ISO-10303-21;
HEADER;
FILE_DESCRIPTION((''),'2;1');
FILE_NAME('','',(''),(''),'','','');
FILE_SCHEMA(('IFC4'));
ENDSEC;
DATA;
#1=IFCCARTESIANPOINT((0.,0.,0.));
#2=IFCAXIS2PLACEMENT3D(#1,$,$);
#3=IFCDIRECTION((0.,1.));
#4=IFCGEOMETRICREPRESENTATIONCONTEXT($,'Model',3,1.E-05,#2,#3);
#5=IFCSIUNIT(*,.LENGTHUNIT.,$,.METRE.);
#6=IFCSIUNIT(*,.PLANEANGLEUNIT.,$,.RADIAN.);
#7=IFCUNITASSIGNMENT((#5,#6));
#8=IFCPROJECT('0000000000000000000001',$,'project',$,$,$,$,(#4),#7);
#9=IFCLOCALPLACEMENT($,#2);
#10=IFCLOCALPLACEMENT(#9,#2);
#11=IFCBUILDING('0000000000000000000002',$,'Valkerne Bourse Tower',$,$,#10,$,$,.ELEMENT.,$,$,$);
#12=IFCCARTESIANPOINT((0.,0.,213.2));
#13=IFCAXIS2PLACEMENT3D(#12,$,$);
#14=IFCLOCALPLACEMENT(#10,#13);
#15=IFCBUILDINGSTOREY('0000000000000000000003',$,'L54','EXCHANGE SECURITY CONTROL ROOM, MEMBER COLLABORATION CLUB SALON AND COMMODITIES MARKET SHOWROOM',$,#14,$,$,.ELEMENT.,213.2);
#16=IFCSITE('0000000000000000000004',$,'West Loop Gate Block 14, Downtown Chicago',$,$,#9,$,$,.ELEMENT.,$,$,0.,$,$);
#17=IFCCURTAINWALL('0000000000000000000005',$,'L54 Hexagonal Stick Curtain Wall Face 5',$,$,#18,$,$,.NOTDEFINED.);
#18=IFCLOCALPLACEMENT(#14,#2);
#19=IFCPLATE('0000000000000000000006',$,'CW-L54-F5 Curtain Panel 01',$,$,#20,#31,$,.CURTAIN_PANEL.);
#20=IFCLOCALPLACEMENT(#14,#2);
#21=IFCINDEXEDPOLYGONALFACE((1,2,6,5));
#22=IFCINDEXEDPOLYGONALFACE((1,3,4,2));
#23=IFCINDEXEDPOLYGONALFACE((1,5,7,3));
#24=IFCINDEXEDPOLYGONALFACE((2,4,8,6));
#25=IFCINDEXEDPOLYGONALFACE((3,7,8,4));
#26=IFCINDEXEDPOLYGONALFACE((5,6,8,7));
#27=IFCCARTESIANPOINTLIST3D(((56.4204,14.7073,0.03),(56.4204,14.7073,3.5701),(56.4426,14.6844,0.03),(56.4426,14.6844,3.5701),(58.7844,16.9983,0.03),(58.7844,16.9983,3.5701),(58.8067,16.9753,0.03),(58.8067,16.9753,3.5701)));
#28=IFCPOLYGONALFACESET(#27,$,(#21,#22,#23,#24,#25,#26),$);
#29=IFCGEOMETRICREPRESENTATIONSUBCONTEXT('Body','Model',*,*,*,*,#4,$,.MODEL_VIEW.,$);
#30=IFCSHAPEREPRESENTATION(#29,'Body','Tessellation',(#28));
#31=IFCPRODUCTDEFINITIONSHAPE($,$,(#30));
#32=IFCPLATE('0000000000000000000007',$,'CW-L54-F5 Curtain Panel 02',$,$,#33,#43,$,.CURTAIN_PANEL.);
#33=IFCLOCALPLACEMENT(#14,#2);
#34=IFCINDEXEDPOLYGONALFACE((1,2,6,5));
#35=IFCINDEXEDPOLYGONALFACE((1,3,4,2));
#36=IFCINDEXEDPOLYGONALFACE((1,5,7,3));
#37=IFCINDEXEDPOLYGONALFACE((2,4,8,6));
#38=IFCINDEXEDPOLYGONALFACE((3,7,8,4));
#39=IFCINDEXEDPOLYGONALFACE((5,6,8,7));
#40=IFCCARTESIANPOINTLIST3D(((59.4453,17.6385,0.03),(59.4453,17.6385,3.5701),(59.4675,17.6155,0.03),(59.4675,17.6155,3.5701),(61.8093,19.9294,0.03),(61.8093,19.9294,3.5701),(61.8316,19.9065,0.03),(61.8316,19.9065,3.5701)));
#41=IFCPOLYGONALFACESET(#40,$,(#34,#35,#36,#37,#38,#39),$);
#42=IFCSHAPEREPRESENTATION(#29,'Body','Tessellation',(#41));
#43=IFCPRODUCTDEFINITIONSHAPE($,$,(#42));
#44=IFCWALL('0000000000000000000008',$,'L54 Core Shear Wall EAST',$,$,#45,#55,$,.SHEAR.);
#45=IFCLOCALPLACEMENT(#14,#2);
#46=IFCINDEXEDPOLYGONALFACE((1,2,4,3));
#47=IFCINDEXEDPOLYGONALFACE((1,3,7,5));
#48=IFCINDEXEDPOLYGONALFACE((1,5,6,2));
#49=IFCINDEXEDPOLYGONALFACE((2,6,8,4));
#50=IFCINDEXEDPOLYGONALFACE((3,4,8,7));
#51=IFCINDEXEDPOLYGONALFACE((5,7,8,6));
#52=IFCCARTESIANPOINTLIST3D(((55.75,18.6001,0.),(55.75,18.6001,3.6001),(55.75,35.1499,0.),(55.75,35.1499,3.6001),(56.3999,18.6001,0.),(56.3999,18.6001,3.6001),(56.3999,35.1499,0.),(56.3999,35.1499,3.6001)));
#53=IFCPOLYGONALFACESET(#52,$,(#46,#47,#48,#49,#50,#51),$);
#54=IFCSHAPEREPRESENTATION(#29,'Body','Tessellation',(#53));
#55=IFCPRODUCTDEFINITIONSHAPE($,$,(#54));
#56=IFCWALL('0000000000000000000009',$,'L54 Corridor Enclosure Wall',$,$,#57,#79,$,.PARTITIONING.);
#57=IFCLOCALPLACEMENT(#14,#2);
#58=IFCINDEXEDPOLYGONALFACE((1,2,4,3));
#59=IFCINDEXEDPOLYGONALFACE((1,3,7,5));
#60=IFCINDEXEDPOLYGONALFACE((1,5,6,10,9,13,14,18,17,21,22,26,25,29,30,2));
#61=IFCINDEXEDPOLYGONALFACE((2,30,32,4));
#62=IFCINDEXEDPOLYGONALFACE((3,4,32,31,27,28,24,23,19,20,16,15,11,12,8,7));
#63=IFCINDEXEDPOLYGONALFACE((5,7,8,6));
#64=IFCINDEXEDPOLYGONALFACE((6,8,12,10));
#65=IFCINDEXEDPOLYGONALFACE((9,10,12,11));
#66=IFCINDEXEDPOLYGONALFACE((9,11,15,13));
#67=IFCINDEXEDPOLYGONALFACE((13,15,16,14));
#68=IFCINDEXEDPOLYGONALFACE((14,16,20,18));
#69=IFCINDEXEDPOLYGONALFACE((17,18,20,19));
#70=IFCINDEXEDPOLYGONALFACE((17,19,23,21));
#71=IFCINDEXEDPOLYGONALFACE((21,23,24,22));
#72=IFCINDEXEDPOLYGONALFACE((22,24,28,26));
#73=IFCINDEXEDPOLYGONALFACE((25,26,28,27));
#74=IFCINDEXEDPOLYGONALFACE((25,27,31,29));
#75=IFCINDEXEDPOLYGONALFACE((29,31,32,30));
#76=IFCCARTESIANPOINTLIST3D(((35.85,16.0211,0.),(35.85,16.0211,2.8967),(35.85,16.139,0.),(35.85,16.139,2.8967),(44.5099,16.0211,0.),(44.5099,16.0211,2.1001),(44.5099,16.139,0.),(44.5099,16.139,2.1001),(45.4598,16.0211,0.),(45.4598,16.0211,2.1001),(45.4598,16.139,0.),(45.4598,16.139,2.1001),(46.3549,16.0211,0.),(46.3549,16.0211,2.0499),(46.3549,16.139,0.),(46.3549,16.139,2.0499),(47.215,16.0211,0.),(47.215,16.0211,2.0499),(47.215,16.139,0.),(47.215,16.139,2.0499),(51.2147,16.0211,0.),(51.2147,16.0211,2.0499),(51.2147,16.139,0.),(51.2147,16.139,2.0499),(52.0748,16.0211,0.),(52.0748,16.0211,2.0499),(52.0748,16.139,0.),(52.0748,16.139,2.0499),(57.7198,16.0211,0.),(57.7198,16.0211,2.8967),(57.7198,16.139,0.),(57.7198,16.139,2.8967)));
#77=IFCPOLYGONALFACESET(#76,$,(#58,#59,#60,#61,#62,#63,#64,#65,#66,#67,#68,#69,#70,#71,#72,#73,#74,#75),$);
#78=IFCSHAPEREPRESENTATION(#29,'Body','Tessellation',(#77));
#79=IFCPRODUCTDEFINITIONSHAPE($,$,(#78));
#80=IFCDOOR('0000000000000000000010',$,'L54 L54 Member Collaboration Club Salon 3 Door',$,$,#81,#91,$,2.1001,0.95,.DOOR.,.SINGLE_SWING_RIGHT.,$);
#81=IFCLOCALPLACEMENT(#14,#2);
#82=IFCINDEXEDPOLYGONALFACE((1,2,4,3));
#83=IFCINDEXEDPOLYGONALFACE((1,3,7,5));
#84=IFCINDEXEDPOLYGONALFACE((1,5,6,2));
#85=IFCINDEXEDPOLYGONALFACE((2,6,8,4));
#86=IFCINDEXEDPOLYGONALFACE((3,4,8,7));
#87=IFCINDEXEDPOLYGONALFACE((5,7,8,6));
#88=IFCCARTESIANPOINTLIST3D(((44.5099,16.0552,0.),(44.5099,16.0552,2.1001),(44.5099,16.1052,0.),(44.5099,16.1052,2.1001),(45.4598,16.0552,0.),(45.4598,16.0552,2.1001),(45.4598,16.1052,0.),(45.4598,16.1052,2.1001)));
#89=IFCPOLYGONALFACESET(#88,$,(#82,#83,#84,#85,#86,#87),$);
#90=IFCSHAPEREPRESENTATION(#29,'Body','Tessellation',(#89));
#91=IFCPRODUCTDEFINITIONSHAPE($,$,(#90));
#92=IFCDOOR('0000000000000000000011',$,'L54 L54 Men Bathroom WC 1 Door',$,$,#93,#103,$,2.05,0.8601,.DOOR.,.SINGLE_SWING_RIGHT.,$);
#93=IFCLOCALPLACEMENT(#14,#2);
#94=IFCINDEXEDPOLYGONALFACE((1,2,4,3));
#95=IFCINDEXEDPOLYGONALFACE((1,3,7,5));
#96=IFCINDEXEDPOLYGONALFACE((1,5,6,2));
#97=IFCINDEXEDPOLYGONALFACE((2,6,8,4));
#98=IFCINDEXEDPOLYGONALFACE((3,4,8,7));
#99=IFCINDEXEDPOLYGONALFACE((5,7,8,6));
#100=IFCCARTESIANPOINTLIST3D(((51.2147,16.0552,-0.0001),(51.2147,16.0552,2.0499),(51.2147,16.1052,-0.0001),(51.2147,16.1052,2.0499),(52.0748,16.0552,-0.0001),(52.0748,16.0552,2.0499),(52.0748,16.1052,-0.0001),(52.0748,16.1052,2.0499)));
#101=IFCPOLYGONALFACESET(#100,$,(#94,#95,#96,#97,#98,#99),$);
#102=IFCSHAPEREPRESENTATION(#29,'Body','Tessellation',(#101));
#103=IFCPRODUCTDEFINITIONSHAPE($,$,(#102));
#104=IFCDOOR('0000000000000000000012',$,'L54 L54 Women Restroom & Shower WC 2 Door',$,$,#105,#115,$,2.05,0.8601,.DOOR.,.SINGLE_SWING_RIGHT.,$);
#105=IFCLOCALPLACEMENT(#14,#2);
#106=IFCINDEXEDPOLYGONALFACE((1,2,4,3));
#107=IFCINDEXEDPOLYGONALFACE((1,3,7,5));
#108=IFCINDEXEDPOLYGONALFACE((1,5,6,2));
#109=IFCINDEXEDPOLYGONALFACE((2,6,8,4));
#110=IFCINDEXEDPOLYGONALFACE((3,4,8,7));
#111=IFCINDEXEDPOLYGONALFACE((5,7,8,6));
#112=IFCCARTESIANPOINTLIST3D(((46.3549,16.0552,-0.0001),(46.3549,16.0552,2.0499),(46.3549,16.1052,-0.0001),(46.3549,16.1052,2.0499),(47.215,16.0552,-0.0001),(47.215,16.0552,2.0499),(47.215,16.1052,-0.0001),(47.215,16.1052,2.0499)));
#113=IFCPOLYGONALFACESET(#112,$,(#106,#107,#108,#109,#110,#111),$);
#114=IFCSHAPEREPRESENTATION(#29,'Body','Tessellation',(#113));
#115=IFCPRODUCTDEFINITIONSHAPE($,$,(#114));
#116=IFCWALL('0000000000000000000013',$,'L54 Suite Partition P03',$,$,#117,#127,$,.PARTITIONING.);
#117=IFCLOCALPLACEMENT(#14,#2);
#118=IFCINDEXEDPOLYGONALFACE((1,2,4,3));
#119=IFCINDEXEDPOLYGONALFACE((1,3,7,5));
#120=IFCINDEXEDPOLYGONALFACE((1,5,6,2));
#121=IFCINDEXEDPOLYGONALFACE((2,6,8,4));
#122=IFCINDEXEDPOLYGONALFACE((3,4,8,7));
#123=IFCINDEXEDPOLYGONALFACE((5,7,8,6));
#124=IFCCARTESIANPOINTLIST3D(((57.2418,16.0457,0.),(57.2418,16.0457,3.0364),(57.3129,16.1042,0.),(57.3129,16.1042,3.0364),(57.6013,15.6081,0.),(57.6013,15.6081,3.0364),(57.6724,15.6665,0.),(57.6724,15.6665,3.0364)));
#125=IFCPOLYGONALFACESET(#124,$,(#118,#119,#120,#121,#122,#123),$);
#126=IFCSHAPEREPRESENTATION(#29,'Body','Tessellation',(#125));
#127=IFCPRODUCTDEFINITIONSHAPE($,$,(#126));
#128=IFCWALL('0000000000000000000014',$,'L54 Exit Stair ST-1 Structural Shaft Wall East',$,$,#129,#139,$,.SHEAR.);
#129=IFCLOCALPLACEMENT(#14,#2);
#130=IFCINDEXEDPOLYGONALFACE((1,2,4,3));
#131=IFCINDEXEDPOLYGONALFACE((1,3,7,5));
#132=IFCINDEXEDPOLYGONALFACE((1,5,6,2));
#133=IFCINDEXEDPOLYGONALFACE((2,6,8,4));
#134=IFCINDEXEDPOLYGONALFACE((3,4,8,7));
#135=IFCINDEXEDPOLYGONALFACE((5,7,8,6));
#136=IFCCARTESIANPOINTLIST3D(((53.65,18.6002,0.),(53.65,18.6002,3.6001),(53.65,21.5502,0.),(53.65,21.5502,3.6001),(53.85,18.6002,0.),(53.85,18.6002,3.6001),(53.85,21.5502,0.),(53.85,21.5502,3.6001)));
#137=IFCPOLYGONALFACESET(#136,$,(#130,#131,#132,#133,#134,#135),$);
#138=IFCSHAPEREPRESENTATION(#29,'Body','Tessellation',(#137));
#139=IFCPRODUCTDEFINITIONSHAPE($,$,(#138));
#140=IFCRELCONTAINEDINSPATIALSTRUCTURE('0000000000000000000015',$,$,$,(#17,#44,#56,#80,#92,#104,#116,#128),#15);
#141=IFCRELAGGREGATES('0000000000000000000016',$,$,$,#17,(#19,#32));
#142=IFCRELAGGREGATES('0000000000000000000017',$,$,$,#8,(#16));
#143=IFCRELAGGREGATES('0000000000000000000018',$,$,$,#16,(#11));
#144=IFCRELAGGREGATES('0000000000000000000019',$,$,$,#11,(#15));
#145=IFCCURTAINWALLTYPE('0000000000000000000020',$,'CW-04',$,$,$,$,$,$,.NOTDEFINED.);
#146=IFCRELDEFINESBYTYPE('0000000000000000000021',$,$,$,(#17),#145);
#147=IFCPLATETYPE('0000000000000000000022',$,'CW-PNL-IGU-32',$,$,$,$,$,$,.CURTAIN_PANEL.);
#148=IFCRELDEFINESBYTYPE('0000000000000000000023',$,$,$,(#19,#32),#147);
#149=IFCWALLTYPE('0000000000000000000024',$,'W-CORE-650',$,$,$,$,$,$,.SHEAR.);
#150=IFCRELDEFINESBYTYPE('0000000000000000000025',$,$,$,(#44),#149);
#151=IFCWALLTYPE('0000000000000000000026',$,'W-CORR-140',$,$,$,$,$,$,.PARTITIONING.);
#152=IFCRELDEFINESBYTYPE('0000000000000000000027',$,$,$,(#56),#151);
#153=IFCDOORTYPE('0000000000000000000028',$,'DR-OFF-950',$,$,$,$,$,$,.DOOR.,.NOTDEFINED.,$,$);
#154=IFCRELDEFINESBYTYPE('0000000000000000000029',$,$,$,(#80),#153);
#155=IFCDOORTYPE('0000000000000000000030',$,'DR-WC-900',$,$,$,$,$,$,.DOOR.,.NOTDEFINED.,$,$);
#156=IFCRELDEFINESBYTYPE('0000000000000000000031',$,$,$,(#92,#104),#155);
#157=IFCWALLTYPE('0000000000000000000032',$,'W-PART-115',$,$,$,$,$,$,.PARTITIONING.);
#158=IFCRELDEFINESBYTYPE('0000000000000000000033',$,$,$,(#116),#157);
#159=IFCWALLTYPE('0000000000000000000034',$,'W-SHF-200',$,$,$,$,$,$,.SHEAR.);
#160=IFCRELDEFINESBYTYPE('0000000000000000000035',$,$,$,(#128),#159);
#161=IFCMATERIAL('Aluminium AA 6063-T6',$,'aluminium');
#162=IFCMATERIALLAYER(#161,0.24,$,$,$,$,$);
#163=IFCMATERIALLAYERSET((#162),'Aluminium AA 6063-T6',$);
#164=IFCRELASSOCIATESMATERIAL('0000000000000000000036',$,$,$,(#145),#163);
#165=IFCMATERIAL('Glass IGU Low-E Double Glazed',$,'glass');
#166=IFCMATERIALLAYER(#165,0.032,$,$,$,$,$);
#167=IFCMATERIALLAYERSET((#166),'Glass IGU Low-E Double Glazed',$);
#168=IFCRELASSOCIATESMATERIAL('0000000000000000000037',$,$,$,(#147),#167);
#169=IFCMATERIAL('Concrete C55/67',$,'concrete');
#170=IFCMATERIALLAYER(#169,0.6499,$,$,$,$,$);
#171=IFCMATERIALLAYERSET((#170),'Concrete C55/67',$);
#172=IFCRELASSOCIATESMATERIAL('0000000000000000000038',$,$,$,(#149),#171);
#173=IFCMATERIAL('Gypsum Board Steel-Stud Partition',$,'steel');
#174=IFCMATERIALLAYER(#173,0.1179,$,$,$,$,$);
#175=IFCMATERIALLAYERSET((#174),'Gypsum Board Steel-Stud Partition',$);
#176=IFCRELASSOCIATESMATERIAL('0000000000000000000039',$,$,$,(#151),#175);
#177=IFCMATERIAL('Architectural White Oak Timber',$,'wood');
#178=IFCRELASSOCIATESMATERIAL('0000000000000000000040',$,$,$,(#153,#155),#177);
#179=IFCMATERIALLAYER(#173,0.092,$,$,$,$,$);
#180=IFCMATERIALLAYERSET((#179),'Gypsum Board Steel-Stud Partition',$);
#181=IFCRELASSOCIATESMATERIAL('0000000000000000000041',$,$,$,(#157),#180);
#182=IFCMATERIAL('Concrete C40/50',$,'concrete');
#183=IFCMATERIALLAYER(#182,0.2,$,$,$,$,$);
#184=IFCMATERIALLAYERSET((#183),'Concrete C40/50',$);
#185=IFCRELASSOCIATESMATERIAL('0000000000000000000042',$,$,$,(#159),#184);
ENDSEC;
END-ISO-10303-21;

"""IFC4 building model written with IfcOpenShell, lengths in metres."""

from ifc_helpers import new_model, si_unit, direction, frame, frame_2d, origin, origin_2d, place, context, subcontext, project, spatial, rectangle, extrude, material, layer, layer_set, type_object, element, fill, aggregate, save


model = new_model("IFC4")

# Units and contexts
model_context = context("Model", 3, precision=1e-05, world=origin(), true_north=direction((0.0, 1.0)))
body_context = subcontext(model_context, "Body", "Model", "MODEL_VIEW")
ifc_project = project(units=[si_unit("LENGTHUNIT", "METRE"), si_unit("PLANEANGLEUNIT", "RADIAN")], contexts=[model_context])

# Site, building, storey
site_placement = place(None, origin())
site = spatial("IfcSite", under=ifc_project, at=site_placement, Name="West Loop Gate Block 14, Downtown Chicago", CompositionType="ELEMENT", RefElevation=0.0)
building_placement = place(site_placement, origin())
building = spatial("IfcBuilding", under=site, at=building_placement, Name="Valkerne Bourse Tower", CompositionType="ELEMENT")
storey_placement = place(building_placement, frame((0.0, 0.0, 213.2)))
storey = spatial("IfcBuildingStorey", under=building, at=storey_placement, Name="L54", Description="EXCHANGE SECURITY CONTROL ROOM, MEMBER COLLABORATION CLUB SALON AND COMMODITIES MARKET SHOWROOM", CompositionType="ELEMENT", Elevation=213.2)

# Curtain wall, plates
ifc_material_1 = material(Name="Aluminium AA 6063-T6", Category="aluminium")
ifc_layer_1 = layer(ifc_material_1, 0.24)
ifc_layer_set_1 = layer_set([ifc_layer_1], Name="Aluminium AA 6063-T6")
curtain_wall_type = type_object("IfcCurtainWallType", Name="CW-04", PredefinedType="NOTDEFINED", material=ifc_layer_set_1)
curtain_wall_placement = place(storey_placement, origin())
curtain_wall = element("IfcCurtainWall", 1, at=curtain_wall_placement, inside=storey, type_object=curtain_wall_type, Name="L54 Hexagonal Stick Curtain Wall Face 5", PredefinedType="NOTDEFINED")
ifc_material_2 = material(Name="Glass IGU Low-E Double Glazed", Category="glass")
ifc_layer_2 = layer(ifc_material_2, 0.032)
ifc_layer_set_2 = layer_set([ifc_layer_2], Name="Glass IGU Low-E Double Glazed")
plate_type = type_object("IfcPlateType", Name="CW-PNL-IGU-32", PredefinedType="CURTAIN_PANEL", material=ifc_layer_set_2)
plate_1_placement = place(storey_placement, frame((57.6135, 15.8413, 0.03), z_axis=(0.0, 0.0, 1.0), x_axis=(0.71813, 0.695908, 0.0)))
plate_1 = element("IfcPlate", 2, at=plate_1_placement, type_object=plate_type, Name="CW-L54-F5 Curtain Panel 01", PredefinedType="CURTAIN_PANEL", context=body_context, shape_type="SweptSolid", body=[
    extrude(rectangle(XDim=3.292, YDim=0.032, at=origin_2d()), origin(), (0.0, 0.0, 1.0), 3.54),
])
plate_2_placement = place(storey_placement, frame((60.6384, 18.7725, 0.03), z_axis=(0.0, 0.0, 1.0), x_axis=(0.718119, 0.69592, 0.0)))
plate_2 = element("IfcPlate", 3, at=plate_2_placement, type_object=plate_type, Name="CW-L54-F5 Curtain Panel 02", PredefinedType="CURTAIN_PANEL", context=body_context, shape_type="SweptSolid", body=[
    extrude(rectangle(XDim=3.292, YDim=0.032, at=origin_2d()), origin(), (0.0, 0.0, 1.0), 3.54),
])
aggregate(curtain_wall, [plate_1, plate_2])

# Wall
ifc_material_3 = material(Name="Concrete C55/67", Category="concrete")
ifc_layer_3 = layer(ifc_material_3, 0.6499)
ifc_layer_set_3 = layer_set([ifc_layer_3], Name="Concrete C55/67")
wall_type_1 = type_object("IfcWallType", Name="W-CORE-650", PredefinedType="SHEAR", material=ifc_layer_set_3)
wall_1_placement = place(storey_placement, frame((56.075, 18.6001, 0.0), z_axis=(0.0, 0.0, 1.0), x_axis=(0.0, 1.0, 0.0)))
element("IfcWall", 4, at=wall_1_placement, inside=storey, type_object=wall_type_1, Name="L54 Core Shear Wall EAST", PredefinedType="SHEAR", context=body_context, shape_type="SweptSolid", body=[
    extrude(rectangle(XDim=16.5498, YDim=0.6499, at=frame_2d((8.2749, 0.0))), origin(), (0.0, 0.0, 1.0), 3.6001),
])

# Wall, openings, doors
ifc_material_4 = material(Name="Gypsum Board Steel-Stud Partition", Category="steel")
ifc_layer_4 = layer(ifc_material_4, 0.1179)
ifc_layer_set_4 = layer_set([ifc_layer_4], Name="Gypsum Board Steel-Stud Partition")
wall_type_2 = type_object("IfcWallType", Name="W-CORR-140", PredefinedType="PARTITIONING", material=ifc_layer_set_4)
wall_2_placement = place(storey_placement, frame((57.72, 16.0801, 0.0), z_axis=(0.0, 0.0, 1.0), x_axis=(-1.0, 0.0, 0.0)))
wall_2 = element("IfcWall", 5, at=wall_2_placement, inside=storey, type_object=wall_type_2, Name="L54 Corridor Enclosure Wall", PredefinedType="PARTITIONING", context=body_context, shape_type="SweptSolid", body=[
    extrude(rectangle(XDim=21.8699, YDim=0.1179, at=frame_2d((10.9351, 0.0))), origin(), (0.0, 0.0, 1.0), 2.8967),
])
opening_1_placement = place(wall_2_placement, frame((5.645, 0.0, 0.0)))
opening_1 = element("IfcOpeningElement", 6, at=opening_1_placement, cuts=wall_2, PredefinedType="OPENING", context=body_context, shape_type="SweptSolid", body=[
    extrude(rectangle(XDim=0.8601, YDim=2.05, at=frame_2d((0.4302, 1.0249))), frame((0.0, 0.0688, 0.0), z_axis=(0.0, -1.0, 0.0), x_axis=(1.0, 0.0, 0.0)), (0.0, 0.0, 1.0), 0.1379),
])
opening_2_placement = place(wall_2_placement, frame((10.5049, 0.0, 0.0)))
opening_2 = element("IfcOpeningElement", 7, at=opening_2_placement, cuts=wall_2, PredefinedType="OPENING", context=body_context, shape_type="SweptSolid", body=[
    extrude(rectangle(XDim=0.8601, YDim=2.05, at=frame_2d((0.4302, 1.0249))), frame((0.0, 0.0688, 0.0), z_axis=(0.0, -1.0, 0.0), x_axis=(1.0, 0.0, 0.0)), (0.0, 0.0, 1.0), 0.1379),
])
opening_3_placement = place(wall_2_placement, frame((12.26, 0.0, 0.0)))
opening_3 = element("IfcOpeningElement", 8, at=opening_3_placement, cuts=wall_2, PredefinedType="OPENING", context=body_context, shape_type="SweptSolid", body=[
    extrude(rectangle(XDim=0.95, YDim=2.1001, at=frame_2d((0.4751, 1.05))), frame((0.0, 0.0688, 0.0), z_axis=(0.0, -1.0, 0.0), x_axis=(1.0, 0.0, 0.0)), (0.0, 0.0, 1.0), 0.1379),
])
ifc_material_5 = material(Name="Architectural White Oak Timber", Category="wood")
door_type_1 = type_object("IfcDoorType", Name="DR-OFF-950", OperationType="NOTDEFINED", PredefinedType="DOOR", material=ifc_material_5)
door_1_placement = place(opening_3_placement, origin())
door_1 = element("IfcDoor", 9, at=door_1_placement, inside=storey, type_object=door_type_1, Name="L54 L54 Member Collaboration Club Salon 3 Door", OperationType="SINGLE_SWING_RIGHT", OverallHeight=2.1001, OverallWidth=0.95, PredefinedType="DOOR", context=body_context, shape_type="SweptSolid", body=[
    extrude(rectangle(XDim=0.95, YDim=2.1001, at=frame_2d((0.4751, 1.05))), frame((0.0, 0.0249, 0.0), z_axis=(0.0, -1.0, 0.0), x_axis=(1.0, 0.0, 0.0)), (0.0, 0.0, 1.0), 0.05),
])
fill(opening_3, door_1)
door_type_2 = type_object("IfcDoorType", Name="DR-WC-900", OperationType="NOTDEFINED", PredefinedType="DOOR", material=ifc_material_5)
door_2_placement = place(opening_1_placement, origin())
door_2 = element("IfcDoor", 10, at=door_2_placement, inside=storey, type_object=door_type_2, Name="L54 L54 Men Bathroom WC 1 Door", OperationType="SINGLE_SWING_RIGHT", OverallHeight=2.05, OverallWidth=0.8601, PredefinedType="DOOR", context=body_context, shape_type="SweptSolid", body=[
    extrude(rectangle(XDim=0.8601, YDim=2.05, at=frame_2d((0.4302, 1.0249))), frame((0.0, 0.0249, 0.0), z_axis=(0.0, -1.0, 0.0), x_axis=(1.0, 0.0, 0.0)), (0.0, 0.0, 1.0), 0.05),
])
fill(opening_1, door_2)
door_3_placement = place(opening_2_placement, origin())
door_3 = element("IfcDoor", 11, at=door_3_placement, inside=storey, type_object=door_type_2, Name="L54 L54 Women Restroom & Shower WC 2 Door", OperationType="SINGLE_SWING_RIGHT", OverallHeight=2.05, OverallWidth=0.8601, PredefinedType="DOOR", context=body_context, shape_type="SweptSolid", body=[
    extrude(rectangle(XDim=0.8601, YDim=2.05, at=frame_2d((0.4302, 1.0249))), frame((0.0, 0.0249, 0.0), z_axis=(0.0, -1.0, 0.0), x_axis=(1.0, 0.0, 0.0)), (0.0, 0.0, 1.0), 0.05),
])
fill(opening_2, door_3)

# Walls
ifc_layer_5 = layer(ifc_material_4, 0.092)
ifc_layer_set_5 = layer_set([ifc_layer_5], Name="Gypsum Board Steel-Stud Partition")
wall_type_3 = type_object("IfcWallType", Name="W-PART-115", PredefinedType="PARTITIONING", material=ifc_layer_set_5)
wall_3_placement = place(storey_placement, frame((57.2773, 16.075, 0.0), z_axis=(0.0, 0.0, 1.0), x_axis=(0.634785, -0.772689, 0.0)))
element("IfcWall", 12, at=wall_3_placement, inside=storey, type_object=wall_type_3, Name="L54 Suite Partition P03", PredefinedType="PARTITIONING", context=body_context, shape_type="SweptSolid", body=[
    extrude(rectangle(XDim=0.5664, YDim=0.092, at=frame_2d((0.2832, 0.0))), origin(), (0.0, 0.0, 1.0), 3.0364),
])
ifc_material_6 = material(Name="Concrete C40/50", Category="concrete")
ifc_layer_6 = layer(ifc_material_6, 0.2)
ifc_layer_set_6 = layer_set([ifc_layer_6], Name="Concrete C40/50")
wall_type_4 = type_object("IfcWallType", Name="W-SHF-200", PredefinedType="SHEAR", material=ifc_layer_set_6)
wall_4_placement = place(storey_placement, frame((53.75, 18.6001, 0.0), z_axis=(0.0, 0.0, 1.0), x_axis=(0.0, 1.0, 0.0)))
element("IfcWall", 13, at=wall_4_placement, inside=storey, type_object=wall_type_4, Name="L54 Exit Stair ST-1 Structural Shaft Wall East", PredefinedType="SHEAR", context=body_context, shape_type="SweptSolid", body=[
    extrude(rectangle(XDim=2.95, YDim=0.2, at=frame_2d((1.4751, 0.0))), origin(), (0.0, 0.0, 1.0), 3.6001),
])

save(model, "model.ifc")
